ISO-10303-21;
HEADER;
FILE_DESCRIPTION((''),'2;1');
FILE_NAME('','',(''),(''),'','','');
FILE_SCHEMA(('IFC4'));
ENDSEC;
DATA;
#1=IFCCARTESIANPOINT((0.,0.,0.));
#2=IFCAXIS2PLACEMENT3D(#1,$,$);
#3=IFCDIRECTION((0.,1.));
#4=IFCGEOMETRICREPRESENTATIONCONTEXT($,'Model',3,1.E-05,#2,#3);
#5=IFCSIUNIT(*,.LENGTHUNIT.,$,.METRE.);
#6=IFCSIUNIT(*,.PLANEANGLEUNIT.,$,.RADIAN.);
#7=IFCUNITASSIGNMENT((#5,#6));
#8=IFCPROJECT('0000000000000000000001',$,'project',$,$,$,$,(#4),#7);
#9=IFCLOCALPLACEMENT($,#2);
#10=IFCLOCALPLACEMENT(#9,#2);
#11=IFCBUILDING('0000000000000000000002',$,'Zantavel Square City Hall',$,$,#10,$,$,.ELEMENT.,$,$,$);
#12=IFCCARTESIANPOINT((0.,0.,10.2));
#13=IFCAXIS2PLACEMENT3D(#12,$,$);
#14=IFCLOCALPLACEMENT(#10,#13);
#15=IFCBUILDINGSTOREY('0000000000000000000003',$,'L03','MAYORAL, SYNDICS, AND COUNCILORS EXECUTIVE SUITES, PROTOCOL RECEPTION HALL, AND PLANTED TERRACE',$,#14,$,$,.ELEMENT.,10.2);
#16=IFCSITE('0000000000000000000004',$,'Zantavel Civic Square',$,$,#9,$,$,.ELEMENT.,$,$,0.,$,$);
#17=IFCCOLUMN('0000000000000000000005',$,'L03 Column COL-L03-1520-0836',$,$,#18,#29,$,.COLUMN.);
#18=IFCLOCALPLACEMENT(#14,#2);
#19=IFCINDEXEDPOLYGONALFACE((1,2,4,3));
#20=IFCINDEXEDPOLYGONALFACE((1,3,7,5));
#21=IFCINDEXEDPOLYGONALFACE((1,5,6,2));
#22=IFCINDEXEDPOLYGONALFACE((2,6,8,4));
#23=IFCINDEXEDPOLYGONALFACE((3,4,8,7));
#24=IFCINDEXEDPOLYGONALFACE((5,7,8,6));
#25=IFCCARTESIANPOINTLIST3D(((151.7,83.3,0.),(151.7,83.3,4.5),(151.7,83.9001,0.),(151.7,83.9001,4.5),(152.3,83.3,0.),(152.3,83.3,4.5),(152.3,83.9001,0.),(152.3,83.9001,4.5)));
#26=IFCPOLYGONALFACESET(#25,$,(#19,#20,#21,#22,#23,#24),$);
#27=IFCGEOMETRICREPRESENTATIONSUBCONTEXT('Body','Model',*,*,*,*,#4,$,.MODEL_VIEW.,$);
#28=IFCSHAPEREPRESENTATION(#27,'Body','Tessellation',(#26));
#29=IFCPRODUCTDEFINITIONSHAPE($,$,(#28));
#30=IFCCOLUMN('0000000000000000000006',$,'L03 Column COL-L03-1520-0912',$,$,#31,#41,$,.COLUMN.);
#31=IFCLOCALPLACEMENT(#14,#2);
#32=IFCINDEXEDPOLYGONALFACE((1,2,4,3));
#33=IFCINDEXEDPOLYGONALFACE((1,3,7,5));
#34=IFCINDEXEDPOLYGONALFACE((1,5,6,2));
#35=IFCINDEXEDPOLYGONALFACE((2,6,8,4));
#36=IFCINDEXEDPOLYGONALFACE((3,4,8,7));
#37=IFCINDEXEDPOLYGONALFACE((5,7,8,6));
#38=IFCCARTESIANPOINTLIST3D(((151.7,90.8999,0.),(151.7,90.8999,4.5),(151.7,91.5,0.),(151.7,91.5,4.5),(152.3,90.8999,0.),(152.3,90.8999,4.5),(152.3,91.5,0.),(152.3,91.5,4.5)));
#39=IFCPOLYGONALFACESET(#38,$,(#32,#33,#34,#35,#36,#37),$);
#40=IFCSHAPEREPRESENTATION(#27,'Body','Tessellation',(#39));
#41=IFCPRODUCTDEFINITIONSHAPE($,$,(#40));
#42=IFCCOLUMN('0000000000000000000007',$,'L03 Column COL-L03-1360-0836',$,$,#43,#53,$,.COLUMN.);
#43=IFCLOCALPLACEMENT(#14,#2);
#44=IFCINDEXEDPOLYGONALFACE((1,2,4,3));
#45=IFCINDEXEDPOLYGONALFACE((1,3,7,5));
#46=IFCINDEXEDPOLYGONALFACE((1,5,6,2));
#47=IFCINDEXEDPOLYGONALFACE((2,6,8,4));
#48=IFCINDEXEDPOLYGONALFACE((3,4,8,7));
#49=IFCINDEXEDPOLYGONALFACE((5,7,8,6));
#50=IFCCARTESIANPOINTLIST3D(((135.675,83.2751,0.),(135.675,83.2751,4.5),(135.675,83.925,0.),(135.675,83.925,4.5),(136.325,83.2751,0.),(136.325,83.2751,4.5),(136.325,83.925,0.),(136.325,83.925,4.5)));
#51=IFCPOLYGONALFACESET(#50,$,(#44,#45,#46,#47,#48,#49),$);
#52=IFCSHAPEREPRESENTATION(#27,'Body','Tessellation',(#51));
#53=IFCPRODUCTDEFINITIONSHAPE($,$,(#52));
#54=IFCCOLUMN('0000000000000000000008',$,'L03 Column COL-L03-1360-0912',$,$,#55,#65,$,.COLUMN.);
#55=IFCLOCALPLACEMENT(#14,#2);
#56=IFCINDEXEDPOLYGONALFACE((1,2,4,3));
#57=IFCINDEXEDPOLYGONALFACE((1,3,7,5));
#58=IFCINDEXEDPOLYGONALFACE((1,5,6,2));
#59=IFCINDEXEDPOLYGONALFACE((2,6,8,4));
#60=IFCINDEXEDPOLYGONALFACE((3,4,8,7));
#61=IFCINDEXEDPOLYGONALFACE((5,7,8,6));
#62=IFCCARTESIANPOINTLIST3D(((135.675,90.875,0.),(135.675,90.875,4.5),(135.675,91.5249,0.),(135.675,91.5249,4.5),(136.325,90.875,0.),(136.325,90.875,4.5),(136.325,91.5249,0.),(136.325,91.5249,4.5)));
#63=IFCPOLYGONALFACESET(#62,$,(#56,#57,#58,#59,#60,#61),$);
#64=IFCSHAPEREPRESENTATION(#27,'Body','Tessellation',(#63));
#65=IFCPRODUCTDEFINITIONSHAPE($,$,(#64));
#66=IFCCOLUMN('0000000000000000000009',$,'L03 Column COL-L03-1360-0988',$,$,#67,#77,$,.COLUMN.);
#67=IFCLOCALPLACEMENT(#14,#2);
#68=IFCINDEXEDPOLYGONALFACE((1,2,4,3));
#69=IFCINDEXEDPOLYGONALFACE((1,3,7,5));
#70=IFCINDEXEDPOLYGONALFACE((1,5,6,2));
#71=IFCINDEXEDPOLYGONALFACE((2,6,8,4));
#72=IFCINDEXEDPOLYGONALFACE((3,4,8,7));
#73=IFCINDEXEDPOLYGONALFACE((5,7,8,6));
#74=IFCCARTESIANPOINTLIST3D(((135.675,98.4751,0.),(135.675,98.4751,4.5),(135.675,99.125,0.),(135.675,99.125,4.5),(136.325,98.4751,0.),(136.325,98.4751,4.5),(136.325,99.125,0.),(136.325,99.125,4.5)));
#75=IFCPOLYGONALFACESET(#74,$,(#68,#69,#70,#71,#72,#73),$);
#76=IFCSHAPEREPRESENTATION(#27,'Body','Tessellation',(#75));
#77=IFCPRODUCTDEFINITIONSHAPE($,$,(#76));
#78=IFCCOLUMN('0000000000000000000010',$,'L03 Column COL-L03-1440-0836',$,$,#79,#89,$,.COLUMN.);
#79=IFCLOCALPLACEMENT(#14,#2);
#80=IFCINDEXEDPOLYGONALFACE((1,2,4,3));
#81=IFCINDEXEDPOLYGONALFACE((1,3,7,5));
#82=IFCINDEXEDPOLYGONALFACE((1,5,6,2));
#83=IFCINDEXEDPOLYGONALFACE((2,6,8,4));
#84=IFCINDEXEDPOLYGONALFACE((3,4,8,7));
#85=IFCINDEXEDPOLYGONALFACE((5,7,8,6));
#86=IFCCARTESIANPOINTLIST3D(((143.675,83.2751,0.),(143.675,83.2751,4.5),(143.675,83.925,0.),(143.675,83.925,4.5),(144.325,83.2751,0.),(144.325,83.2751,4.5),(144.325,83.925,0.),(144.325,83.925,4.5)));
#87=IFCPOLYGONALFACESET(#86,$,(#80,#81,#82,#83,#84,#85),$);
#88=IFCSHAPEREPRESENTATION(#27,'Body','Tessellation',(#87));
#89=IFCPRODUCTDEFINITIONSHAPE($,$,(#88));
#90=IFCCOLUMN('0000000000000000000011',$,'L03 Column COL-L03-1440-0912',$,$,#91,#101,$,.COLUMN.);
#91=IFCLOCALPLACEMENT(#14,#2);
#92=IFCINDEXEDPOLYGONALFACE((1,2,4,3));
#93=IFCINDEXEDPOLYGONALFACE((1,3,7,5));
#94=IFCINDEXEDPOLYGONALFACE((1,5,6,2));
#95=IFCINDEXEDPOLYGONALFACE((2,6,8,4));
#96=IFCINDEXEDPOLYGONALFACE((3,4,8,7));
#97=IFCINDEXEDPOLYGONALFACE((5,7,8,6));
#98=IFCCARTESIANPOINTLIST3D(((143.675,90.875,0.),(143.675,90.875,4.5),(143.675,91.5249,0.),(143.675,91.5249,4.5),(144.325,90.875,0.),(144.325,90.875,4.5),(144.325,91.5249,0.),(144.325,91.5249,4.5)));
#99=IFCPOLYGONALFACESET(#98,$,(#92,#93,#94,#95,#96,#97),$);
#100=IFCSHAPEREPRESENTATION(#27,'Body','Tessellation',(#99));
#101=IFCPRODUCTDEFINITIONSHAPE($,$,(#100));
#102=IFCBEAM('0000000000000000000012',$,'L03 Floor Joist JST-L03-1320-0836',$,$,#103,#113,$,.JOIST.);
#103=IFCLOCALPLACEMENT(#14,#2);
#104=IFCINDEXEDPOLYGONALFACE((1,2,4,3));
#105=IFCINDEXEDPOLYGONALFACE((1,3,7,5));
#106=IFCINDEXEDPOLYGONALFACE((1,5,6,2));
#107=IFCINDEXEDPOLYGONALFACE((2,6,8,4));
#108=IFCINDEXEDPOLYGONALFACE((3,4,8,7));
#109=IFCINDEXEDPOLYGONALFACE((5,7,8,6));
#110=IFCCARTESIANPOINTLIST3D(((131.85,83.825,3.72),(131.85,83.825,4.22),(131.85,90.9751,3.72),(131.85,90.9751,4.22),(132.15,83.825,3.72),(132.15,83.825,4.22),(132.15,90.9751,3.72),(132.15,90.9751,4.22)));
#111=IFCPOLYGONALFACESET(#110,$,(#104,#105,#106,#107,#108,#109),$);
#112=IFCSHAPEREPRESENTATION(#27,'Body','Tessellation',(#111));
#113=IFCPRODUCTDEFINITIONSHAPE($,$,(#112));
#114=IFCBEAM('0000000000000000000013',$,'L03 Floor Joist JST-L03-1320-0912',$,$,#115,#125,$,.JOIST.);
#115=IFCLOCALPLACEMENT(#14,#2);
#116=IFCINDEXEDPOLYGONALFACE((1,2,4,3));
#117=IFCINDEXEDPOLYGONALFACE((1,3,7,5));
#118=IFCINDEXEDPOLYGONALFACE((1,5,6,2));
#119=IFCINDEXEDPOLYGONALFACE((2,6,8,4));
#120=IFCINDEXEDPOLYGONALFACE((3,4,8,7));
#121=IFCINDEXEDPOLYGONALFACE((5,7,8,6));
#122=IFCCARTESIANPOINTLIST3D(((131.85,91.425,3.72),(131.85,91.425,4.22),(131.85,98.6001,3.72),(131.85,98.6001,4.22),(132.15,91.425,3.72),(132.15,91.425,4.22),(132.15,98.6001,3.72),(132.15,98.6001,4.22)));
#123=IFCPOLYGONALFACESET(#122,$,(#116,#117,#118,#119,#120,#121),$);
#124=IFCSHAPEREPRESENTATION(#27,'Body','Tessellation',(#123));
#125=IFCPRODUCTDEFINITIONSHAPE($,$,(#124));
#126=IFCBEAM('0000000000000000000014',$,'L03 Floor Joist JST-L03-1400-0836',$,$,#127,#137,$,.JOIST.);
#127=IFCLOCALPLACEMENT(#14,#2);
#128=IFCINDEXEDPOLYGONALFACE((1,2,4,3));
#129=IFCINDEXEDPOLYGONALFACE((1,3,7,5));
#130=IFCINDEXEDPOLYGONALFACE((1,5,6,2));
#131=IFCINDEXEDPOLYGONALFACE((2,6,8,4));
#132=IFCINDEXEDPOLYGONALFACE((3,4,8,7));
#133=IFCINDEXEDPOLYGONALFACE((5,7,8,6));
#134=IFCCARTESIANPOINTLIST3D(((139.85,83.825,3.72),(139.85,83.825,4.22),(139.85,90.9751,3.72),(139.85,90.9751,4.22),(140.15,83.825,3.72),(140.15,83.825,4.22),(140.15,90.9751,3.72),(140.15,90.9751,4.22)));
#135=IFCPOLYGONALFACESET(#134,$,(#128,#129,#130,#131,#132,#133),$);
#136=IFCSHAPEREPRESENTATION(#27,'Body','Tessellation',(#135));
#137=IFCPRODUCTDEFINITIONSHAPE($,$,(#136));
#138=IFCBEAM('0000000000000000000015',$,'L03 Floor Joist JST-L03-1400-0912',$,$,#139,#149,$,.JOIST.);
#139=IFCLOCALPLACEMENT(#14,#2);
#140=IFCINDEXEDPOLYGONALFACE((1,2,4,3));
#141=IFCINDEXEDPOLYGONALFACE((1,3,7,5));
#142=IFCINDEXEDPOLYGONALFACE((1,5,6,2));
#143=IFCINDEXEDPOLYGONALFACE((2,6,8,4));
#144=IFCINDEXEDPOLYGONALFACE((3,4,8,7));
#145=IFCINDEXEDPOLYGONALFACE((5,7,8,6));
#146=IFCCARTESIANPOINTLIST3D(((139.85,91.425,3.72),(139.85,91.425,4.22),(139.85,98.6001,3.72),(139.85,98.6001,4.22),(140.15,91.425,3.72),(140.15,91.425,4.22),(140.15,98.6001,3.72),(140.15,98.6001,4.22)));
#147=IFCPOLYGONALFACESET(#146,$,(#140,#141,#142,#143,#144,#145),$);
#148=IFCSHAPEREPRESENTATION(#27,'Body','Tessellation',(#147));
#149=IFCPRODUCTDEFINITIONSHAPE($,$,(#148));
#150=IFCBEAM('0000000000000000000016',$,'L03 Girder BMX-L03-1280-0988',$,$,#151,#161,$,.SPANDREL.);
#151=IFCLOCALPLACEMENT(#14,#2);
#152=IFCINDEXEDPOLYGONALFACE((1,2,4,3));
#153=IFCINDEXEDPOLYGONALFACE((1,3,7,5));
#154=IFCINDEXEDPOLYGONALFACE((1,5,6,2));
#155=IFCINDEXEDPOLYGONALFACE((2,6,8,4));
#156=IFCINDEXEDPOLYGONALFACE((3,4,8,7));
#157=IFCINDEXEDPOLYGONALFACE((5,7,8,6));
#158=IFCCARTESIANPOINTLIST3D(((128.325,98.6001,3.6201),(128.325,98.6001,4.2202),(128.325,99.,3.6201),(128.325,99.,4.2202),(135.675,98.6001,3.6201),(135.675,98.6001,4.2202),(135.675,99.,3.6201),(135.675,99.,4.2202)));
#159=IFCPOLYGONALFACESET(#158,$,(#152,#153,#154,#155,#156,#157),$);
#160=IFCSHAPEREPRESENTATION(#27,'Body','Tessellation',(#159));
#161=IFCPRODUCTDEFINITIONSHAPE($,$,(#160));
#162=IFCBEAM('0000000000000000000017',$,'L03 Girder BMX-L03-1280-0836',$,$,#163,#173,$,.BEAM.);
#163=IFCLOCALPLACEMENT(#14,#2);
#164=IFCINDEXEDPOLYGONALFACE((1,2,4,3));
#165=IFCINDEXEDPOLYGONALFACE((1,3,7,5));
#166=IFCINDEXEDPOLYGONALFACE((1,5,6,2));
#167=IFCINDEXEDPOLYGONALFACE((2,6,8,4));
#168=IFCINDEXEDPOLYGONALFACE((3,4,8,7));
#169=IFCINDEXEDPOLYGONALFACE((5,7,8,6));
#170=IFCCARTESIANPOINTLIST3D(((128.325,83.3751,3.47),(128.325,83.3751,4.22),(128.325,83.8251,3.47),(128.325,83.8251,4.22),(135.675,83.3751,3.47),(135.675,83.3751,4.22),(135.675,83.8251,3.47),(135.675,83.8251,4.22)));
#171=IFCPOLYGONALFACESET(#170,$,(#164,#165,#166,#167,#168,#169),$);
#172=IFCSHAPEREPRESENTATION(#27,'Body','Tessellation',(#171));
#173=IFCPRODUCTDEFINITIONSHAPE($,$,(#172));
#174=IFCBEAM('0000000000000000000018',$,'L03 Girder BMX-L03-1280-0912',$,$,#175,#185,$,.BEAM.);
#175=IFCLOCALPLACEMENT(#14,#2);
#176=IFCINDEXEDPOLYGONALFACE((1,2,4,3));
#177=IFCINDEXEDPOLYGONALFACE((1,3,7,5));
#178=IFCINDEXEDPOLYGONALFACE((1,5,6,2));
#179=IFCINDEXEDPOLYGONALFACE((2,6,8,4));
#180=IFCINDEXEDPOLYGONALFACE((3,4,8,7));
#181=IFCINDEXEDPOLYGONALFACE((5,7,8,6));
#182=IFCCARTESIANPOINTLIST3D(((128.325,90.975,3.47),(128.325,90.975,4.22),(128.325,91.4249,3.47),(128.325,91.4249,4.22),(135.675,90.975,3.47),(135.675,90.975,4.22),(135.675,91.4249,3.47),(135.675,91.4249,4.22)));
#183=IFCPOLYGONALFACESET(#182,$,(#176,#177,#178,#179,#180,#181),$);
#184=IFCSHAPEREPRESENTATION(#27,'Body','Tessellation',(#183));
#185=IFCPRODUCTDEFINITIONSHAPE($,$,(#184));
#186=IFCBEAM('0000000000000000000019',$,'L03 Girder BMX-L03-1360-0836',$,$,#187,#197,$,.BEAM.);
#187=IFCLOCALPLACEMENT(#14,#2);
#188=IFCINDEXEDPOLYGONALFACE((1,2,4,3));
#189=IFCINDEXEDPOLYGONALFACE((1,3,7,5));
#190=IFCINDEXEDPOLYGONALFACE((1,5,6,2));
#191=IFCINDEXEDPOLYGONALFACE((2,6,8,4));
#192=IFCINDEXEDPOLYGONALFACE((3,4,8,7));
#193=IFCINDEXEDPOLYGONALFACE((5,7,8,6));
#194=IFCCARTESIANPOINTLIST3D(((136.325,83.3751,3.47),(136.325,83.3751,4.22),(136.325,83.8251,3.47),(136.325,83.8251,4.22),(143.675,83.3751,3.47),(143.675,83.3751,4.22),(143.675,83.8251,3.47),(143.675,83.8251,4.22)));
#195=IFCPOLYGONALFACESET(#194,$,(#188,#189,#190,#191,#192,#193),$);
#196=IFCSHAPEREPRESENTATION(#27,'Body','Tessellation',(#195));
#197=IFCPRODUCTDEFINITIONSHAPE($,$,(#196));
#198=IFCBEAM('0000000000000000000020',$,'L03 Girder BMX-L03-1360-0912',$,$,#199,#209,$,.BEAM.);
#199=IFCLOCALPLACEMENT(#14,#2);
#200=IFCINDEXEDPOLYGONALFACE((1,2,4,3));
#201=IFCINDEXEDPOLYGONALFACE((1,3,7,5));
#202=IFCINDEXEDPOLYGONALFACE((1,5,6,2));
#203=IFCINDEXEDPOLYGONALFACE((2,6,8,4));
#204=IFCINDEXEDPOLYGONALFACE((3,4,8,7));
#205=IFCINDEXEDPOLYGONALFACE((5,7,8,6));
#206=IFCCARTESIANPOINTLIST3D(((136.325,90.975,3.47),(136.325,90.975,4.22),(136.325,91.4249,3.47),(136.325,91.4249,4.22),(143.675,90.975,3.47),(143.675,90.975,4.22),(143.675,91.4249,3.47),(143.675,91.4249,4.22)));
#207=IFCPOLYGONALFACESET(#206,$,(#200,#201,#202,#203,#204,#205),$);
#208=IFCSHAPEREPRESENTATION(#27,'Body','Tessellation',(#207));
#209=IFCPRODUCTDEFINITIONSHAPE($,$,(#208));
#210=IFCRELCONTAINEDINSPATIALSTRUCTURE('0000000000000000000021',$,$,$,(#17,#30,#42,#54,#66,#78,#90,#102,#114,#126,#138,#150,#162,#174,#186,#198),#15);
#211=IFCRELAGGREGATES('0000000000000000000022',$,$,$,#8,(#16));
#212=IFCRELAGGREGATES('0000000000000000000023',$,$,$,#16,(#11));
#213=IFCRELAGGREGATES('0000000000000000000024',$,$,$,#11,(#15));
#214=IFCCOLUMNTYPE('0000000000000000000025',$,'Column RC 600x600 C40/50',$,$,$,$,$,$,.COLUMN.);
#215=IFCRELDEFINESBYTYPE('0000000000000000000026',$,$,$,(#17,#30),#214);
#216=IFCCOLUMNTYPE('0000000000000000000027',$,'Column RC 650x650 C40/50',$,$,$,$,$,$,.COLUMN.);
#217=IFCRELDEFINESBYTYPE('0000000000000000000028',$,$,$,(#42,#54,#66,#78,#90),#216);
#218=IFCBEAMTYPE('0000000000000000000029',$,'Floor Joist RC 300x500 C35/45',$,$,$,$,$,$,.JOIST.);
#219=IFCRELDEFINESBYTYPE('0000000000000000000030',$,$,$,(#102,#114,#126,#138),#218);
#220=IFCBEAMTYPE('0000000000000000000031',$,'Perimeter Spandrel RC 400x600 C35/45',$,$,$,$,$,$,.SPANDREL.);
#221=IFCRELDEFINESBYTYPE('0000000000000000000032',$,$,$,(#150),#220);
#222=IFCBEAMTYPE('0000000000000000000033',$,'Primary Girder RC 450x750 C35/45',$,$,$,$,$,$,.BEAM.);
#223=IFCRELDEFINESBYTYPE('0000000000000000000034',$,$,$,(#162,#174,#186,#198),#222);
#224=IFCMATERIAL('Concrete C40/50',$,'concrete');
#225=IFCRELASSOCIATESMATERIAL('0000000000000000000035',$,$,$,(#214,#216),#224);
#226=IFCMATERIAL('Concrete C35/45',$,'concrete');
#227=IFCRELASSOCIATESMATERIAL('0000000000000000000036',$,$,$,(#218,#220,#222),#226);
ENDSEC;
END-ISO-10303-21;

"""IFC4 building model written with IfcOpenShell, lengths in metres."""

from ifc_helpers import new_model, si_unit, direction, frame, origin, origin_2d, place, context, subcontext, project, spatial, rectangle, extrude, material, material_profile, profile_set, type_object, element, save


model = new_model("IFC4")

# Units and contexts
model_context = context("Model", 3, precision=1e-05, world=origin(), true_north=direction((0.0, 1.0)))
body_context = subcontext(model_context, "Body", "Model", "MODEL_VIEW")
ifc_project = project(units=[si_unit("LENGTHUNIT", "METRE"), si_unit("PLANEANGLEUNIT", "RADIAN")], contexts=[model_context])

# Site, building, storey
site_placement = place(None, origin())
site = spatial("IfcSite", under=ifc_project, at=site_placement, Name="Zantavel Civic Square", CompositionType="ELEMENT", RefElevation=0.0)
building_placement = place(site_placement, origin())
building = spatial("IfcBuilding", under=site, at=building_placement, Name="Zantavel Square City Hall", CompositionType="ELEMENT")
storey_placement = place(building_placement, frame((0.0, 0.0, 10.2)))
storey = spatial("IfcBuildingStorey", under=building, at=storey_placement, Name="L03", Description="MAYORAL, SYNDICS, AND COUNCILORS EXECUTIVE SUITES, PROTOCOL RECEPTION HALL, AND PLANTED TERRACE", CompositionType="ELEMENT", Elevation=10.2)

# Columns
ifc_material_1 = material(Name="Concrete C40/50", Category="concrete")
ifc_material_profile_1 = material_profile(ifc_material_1, rectangle(XDim=0.6001, YDim=0.6001, at=origin_2d()), Name="RC 600x600")
ifc_profile_set_1 = profile_set([ifc_material_profile_1], Name="Concrete C40/50")
column_type_1 = type_object("IfcColumnType", Name="Column RC 600x600 C40/50", PredefinedType="COLUMN", material=ifc_profile_set_1)
for number, where, z_axis, x_axis, name in (
    (1, (152.0, 83.6001, 0.0), (0.0, 0.0, 1.0), (1.0, 0.0, 0.0), "L03 Column COL-L03-1520-0836"),
    (2, (152.0, 91.2, 0.0), (0.0, 0.0, 1.0), (1.0, 0.0, 0.0), "L03 Column COL-L03-1520-0912"),
):
    element("IfcColumn", number, at=place(storey_placement, frame(where, z_axis=z_axis, x_axis=x_axis)), inside=storey, type_object=column_type_1, Name=name, PredefinedType="COLUMN", context=body_context, shape_type="SweptSolid", body=[
        extrude(rectangle(XDim=0.6001, YDim=0.6001, at=origin_2d()), origin(), (0.0, 0.0, 1.0), 4.5),
    ])
ifc_material_profile_2 = material_profile(ifc_material_1, rectangle(XDim=0.6499, YDim=0.6499, at=origin_2d()), Name="RC 650x650")
ifc_profile_set_2 = profile_set([ifc_material_profile_2], Name="Concrete C40/50")
column_type_2 = type_object("IfcColumnType", Name="Column RC 650x650 C40/50", PredefinedType="COLUMN", material=ifc_profile_set_2)
for number, where, z_axis, x_axis, name in (
    (3, (136.0, 83.6001, 0.0), (0.0, 0.0, 1.0), (1.0, 0.0, 0.0), "L03 Column COL-L03-1360-0836"),
    (4, (136.0, 91.2, 0.0), (0.0, 0.0, 1.0), (1.0, 0.0, 0.0), "L03 Column COL-L03-1360-0912"),
    (5, (136.0, 98.8, 0.0), (0.0, 0.0, 1.0), (1.0, 0.0, 0.0), "L03 Column COL-L03-1360-0988"),
    (6, (144.0, 83.6001, 0.0), (0.0, 0.0, 1.0), (1.0, 0.0, 0.0), "L03 Column COL-L03-1440-0836"),
    (7, (144.0, 91.2, 0.0), (0.0, 0.0, 1.0), (1.0, 0.0, 0.0), "L03 Column COL-L03-1440-0912"),
):
    element("IfcColumn", number, at=place(storey_placement, frame(where, z_axis=z_axis, x_axis=x_axis)), inside=storey, type_object=column_type_2, Name=name, PredefinedType="COLUMN", context=body_context, shape_type="SweptSolid", body=[
        extrude(rectangle(XDim=0.6499, YDim=0.6499, at=origin_2d()), origin(), (0.0, 0.0, 1.0), 4.5),
    ])

# Beams
ifc_material_2 = material(Name="Concrete C35/45", Category="concrete")
ifc_material_profile_3 = material_profile(ifc_material_2, rectangle(XDim=0.3, YDim=0.5, at=origin_2d()), Name="RC 300x500")
ifc_profile_set_3 = profile_set([ifc_material_profile_3], Name="Concrete C35/45")
beam_type_1 = type_object("IfcBeamType", Name="Floor Joist RC 300x500 C35/45", PredefinedType="JOIST", material=ifc_profile_set_3)
beam_1_placement = place(storey_placement, frame((132.0, 83.825, 3.97), z_axis=(0.0, 1.0, 0.0), x_axis=(-1.0, 0.0, 0.0)))
element("IfcBeam", 8, at=beam_1_placement, inside=storey, type_object=beam_type_1, Name="L03 Floor Joist JST-L03-1320-0836", PredefinedType="JOIST", context=body_context, shape_type="SweptSolid", body=[
    extrude(rectangle(XDim=0.3, YDim=0.5, at=origin_2d()), origin(), (0.0, 0.0, 1.0), 7.1501),
])
beam_2_placement = place(storey_placement, frame((132.0, 91.425, 3.97), z_axis=(0.0, 1.0, 0.0), x_axis=(-1.0, 0.0, 0.0)))
element("IfcBeam", 9, at=beam_2_placement, inside=storey, type_object=beam_type_1, Name="L03 Floor Joist JST-L03-1320-0912", PredefinedType="JOIST", context=body_context, shape_type="SweptSolid", body=[
    extrude(rectangle(XDim=0.3, YDim=0.5, at=origin_2d()), origin(), (0.0, 0.0, 1.0), 7.175),
])
beam_3_placement = place(storey_placement, frame((140.0, 83.825, 3.97), z_axis=(0.0, 1.0, 0.0), x_axis=(-1.0, 0.0, 0.0)))
element("IfcBeam", 10, at=beam_3_placement, inside=storey, type_object=beam_type_1, Name="L03 Floor Joist JST-L03-1400-0836", PredefinedType="JOIST", context=body_context, shape_type="SweptSolid", body=[
    extrude(rectangle(XDim=0.3, YDim=0.5, at=origin_2d()), origin(), (0.0, 0.0, 1.0), 7.1501),
])
beam_4_placement = place(storey_placement, frame((140.0, 91.425, 3.97), z_axis=(0.0, 1.0, 0.0), x_axis=(-1.0, 0.0, 0.0)))
element("IfcBeam", 11, at=beam_4_placement, inside=storey, type_object=beam_type_1, Name="L03 Floor Joist JST-L03-1400-0912", PredefinedType="JOIST", context=body_context, shape_type="SweptSolid", body=[
    extrude(rectangle(XDim=0.3, YDim=0.5, at=origin_2d()), origin(), (0.0, 0.0, 1.0), 7.175),
])
ifc_material_profile_4 = material_profile(ifc_material_2, rectangle(XDim=0.3999, YDim=0.6001, at=origin_2d()), Name="RC 400x600")
ifc_profile_set_4 = profile_set([ifc_material_profile_4], Name="Concrete C35/45")
beam_type_2 = type_object("IfcBeamType", Name="Perimeter Spandrel RC 400x600 C35/45", PredefinedType="SPANDREL", material=ifc_profile_set_4)
beam_5_placement = place(storey_placement, frame((128.325, 98.8, 3.9202), z_axis=(1.0, 0.0, 0.0), x_axis=(0.0, 1.0, 0.0)))
element("IfcBeam", 12, at=beam_5_placement, inside=storey, type_object=beam_type_2, Name="L03 Girder BMX-L03-1280-0988", PredefinedType="SPANDREL", context=body_context, shape_type="SweptSolid", body=[
    extrude(rectangle(XDim=0.3999, YDim=0.6001, at=origin_2d()), origin(), (0.0, 0.0, 1.0), 7.3501),
])
ifc_material_profile_5 = material_profile(ifc_material_2, rectangle(XDim=0.45, YDim=0.75, at=origin_2d()), Name="RC 450x750")
ifc_profile_set_5 = profile_set([ifc_material_profile_5], Name="Concrete C35/45")
beam_type_3 = type_object("IfcBeamType", Name="Primary Girder RC 450x750 C35/45", PredefinedType="BEAM", material=ifc_profile_set_5)
for number, where, z_axis, x_axis, name in (
    (13, (128.325, 83.6001, 3.845), (1.0, 0.0, 0.0), (0.0, 1.0, 0.0), "L03 Girder BMX-L03-1280-0836"),
    (14, (128.325, 91.2, 3.845), (1.0, 0.0, 0.0), (0.0, 1.0, 0.0), "L03 Girder BMX-L03-1280-0912"),
    (15, (136.325, 83.6001, 3.845), (1.0, 0.0, 0.0), (0.0, 1.0, 0.0), "L03 Girder BMX-L03-1360-0836"),
    (16, (136.325, 91.2, 3.845), (1.0, 0.0, 0.0), (0.0, 1.0, 0.0), "L03 Girder BMX-L03-1360-0912"),
):
    element("IfcBeam", number, at=place(storey_placement, frame(where, z_axis=z_axis, x_axis=x_axis)), inside=storey, type_object=beam_type_3, Name=name, PredefinedType="BEAM", context=body_context, shape_type="SweptSolid", body=[
        extrude(rectangle(XDim=0.45, YDim=0.75, at=origin_2d()), origin(), (0.0, 0.0, 1.0), 7.3501),
    ])

save(model, "model.ifc")
